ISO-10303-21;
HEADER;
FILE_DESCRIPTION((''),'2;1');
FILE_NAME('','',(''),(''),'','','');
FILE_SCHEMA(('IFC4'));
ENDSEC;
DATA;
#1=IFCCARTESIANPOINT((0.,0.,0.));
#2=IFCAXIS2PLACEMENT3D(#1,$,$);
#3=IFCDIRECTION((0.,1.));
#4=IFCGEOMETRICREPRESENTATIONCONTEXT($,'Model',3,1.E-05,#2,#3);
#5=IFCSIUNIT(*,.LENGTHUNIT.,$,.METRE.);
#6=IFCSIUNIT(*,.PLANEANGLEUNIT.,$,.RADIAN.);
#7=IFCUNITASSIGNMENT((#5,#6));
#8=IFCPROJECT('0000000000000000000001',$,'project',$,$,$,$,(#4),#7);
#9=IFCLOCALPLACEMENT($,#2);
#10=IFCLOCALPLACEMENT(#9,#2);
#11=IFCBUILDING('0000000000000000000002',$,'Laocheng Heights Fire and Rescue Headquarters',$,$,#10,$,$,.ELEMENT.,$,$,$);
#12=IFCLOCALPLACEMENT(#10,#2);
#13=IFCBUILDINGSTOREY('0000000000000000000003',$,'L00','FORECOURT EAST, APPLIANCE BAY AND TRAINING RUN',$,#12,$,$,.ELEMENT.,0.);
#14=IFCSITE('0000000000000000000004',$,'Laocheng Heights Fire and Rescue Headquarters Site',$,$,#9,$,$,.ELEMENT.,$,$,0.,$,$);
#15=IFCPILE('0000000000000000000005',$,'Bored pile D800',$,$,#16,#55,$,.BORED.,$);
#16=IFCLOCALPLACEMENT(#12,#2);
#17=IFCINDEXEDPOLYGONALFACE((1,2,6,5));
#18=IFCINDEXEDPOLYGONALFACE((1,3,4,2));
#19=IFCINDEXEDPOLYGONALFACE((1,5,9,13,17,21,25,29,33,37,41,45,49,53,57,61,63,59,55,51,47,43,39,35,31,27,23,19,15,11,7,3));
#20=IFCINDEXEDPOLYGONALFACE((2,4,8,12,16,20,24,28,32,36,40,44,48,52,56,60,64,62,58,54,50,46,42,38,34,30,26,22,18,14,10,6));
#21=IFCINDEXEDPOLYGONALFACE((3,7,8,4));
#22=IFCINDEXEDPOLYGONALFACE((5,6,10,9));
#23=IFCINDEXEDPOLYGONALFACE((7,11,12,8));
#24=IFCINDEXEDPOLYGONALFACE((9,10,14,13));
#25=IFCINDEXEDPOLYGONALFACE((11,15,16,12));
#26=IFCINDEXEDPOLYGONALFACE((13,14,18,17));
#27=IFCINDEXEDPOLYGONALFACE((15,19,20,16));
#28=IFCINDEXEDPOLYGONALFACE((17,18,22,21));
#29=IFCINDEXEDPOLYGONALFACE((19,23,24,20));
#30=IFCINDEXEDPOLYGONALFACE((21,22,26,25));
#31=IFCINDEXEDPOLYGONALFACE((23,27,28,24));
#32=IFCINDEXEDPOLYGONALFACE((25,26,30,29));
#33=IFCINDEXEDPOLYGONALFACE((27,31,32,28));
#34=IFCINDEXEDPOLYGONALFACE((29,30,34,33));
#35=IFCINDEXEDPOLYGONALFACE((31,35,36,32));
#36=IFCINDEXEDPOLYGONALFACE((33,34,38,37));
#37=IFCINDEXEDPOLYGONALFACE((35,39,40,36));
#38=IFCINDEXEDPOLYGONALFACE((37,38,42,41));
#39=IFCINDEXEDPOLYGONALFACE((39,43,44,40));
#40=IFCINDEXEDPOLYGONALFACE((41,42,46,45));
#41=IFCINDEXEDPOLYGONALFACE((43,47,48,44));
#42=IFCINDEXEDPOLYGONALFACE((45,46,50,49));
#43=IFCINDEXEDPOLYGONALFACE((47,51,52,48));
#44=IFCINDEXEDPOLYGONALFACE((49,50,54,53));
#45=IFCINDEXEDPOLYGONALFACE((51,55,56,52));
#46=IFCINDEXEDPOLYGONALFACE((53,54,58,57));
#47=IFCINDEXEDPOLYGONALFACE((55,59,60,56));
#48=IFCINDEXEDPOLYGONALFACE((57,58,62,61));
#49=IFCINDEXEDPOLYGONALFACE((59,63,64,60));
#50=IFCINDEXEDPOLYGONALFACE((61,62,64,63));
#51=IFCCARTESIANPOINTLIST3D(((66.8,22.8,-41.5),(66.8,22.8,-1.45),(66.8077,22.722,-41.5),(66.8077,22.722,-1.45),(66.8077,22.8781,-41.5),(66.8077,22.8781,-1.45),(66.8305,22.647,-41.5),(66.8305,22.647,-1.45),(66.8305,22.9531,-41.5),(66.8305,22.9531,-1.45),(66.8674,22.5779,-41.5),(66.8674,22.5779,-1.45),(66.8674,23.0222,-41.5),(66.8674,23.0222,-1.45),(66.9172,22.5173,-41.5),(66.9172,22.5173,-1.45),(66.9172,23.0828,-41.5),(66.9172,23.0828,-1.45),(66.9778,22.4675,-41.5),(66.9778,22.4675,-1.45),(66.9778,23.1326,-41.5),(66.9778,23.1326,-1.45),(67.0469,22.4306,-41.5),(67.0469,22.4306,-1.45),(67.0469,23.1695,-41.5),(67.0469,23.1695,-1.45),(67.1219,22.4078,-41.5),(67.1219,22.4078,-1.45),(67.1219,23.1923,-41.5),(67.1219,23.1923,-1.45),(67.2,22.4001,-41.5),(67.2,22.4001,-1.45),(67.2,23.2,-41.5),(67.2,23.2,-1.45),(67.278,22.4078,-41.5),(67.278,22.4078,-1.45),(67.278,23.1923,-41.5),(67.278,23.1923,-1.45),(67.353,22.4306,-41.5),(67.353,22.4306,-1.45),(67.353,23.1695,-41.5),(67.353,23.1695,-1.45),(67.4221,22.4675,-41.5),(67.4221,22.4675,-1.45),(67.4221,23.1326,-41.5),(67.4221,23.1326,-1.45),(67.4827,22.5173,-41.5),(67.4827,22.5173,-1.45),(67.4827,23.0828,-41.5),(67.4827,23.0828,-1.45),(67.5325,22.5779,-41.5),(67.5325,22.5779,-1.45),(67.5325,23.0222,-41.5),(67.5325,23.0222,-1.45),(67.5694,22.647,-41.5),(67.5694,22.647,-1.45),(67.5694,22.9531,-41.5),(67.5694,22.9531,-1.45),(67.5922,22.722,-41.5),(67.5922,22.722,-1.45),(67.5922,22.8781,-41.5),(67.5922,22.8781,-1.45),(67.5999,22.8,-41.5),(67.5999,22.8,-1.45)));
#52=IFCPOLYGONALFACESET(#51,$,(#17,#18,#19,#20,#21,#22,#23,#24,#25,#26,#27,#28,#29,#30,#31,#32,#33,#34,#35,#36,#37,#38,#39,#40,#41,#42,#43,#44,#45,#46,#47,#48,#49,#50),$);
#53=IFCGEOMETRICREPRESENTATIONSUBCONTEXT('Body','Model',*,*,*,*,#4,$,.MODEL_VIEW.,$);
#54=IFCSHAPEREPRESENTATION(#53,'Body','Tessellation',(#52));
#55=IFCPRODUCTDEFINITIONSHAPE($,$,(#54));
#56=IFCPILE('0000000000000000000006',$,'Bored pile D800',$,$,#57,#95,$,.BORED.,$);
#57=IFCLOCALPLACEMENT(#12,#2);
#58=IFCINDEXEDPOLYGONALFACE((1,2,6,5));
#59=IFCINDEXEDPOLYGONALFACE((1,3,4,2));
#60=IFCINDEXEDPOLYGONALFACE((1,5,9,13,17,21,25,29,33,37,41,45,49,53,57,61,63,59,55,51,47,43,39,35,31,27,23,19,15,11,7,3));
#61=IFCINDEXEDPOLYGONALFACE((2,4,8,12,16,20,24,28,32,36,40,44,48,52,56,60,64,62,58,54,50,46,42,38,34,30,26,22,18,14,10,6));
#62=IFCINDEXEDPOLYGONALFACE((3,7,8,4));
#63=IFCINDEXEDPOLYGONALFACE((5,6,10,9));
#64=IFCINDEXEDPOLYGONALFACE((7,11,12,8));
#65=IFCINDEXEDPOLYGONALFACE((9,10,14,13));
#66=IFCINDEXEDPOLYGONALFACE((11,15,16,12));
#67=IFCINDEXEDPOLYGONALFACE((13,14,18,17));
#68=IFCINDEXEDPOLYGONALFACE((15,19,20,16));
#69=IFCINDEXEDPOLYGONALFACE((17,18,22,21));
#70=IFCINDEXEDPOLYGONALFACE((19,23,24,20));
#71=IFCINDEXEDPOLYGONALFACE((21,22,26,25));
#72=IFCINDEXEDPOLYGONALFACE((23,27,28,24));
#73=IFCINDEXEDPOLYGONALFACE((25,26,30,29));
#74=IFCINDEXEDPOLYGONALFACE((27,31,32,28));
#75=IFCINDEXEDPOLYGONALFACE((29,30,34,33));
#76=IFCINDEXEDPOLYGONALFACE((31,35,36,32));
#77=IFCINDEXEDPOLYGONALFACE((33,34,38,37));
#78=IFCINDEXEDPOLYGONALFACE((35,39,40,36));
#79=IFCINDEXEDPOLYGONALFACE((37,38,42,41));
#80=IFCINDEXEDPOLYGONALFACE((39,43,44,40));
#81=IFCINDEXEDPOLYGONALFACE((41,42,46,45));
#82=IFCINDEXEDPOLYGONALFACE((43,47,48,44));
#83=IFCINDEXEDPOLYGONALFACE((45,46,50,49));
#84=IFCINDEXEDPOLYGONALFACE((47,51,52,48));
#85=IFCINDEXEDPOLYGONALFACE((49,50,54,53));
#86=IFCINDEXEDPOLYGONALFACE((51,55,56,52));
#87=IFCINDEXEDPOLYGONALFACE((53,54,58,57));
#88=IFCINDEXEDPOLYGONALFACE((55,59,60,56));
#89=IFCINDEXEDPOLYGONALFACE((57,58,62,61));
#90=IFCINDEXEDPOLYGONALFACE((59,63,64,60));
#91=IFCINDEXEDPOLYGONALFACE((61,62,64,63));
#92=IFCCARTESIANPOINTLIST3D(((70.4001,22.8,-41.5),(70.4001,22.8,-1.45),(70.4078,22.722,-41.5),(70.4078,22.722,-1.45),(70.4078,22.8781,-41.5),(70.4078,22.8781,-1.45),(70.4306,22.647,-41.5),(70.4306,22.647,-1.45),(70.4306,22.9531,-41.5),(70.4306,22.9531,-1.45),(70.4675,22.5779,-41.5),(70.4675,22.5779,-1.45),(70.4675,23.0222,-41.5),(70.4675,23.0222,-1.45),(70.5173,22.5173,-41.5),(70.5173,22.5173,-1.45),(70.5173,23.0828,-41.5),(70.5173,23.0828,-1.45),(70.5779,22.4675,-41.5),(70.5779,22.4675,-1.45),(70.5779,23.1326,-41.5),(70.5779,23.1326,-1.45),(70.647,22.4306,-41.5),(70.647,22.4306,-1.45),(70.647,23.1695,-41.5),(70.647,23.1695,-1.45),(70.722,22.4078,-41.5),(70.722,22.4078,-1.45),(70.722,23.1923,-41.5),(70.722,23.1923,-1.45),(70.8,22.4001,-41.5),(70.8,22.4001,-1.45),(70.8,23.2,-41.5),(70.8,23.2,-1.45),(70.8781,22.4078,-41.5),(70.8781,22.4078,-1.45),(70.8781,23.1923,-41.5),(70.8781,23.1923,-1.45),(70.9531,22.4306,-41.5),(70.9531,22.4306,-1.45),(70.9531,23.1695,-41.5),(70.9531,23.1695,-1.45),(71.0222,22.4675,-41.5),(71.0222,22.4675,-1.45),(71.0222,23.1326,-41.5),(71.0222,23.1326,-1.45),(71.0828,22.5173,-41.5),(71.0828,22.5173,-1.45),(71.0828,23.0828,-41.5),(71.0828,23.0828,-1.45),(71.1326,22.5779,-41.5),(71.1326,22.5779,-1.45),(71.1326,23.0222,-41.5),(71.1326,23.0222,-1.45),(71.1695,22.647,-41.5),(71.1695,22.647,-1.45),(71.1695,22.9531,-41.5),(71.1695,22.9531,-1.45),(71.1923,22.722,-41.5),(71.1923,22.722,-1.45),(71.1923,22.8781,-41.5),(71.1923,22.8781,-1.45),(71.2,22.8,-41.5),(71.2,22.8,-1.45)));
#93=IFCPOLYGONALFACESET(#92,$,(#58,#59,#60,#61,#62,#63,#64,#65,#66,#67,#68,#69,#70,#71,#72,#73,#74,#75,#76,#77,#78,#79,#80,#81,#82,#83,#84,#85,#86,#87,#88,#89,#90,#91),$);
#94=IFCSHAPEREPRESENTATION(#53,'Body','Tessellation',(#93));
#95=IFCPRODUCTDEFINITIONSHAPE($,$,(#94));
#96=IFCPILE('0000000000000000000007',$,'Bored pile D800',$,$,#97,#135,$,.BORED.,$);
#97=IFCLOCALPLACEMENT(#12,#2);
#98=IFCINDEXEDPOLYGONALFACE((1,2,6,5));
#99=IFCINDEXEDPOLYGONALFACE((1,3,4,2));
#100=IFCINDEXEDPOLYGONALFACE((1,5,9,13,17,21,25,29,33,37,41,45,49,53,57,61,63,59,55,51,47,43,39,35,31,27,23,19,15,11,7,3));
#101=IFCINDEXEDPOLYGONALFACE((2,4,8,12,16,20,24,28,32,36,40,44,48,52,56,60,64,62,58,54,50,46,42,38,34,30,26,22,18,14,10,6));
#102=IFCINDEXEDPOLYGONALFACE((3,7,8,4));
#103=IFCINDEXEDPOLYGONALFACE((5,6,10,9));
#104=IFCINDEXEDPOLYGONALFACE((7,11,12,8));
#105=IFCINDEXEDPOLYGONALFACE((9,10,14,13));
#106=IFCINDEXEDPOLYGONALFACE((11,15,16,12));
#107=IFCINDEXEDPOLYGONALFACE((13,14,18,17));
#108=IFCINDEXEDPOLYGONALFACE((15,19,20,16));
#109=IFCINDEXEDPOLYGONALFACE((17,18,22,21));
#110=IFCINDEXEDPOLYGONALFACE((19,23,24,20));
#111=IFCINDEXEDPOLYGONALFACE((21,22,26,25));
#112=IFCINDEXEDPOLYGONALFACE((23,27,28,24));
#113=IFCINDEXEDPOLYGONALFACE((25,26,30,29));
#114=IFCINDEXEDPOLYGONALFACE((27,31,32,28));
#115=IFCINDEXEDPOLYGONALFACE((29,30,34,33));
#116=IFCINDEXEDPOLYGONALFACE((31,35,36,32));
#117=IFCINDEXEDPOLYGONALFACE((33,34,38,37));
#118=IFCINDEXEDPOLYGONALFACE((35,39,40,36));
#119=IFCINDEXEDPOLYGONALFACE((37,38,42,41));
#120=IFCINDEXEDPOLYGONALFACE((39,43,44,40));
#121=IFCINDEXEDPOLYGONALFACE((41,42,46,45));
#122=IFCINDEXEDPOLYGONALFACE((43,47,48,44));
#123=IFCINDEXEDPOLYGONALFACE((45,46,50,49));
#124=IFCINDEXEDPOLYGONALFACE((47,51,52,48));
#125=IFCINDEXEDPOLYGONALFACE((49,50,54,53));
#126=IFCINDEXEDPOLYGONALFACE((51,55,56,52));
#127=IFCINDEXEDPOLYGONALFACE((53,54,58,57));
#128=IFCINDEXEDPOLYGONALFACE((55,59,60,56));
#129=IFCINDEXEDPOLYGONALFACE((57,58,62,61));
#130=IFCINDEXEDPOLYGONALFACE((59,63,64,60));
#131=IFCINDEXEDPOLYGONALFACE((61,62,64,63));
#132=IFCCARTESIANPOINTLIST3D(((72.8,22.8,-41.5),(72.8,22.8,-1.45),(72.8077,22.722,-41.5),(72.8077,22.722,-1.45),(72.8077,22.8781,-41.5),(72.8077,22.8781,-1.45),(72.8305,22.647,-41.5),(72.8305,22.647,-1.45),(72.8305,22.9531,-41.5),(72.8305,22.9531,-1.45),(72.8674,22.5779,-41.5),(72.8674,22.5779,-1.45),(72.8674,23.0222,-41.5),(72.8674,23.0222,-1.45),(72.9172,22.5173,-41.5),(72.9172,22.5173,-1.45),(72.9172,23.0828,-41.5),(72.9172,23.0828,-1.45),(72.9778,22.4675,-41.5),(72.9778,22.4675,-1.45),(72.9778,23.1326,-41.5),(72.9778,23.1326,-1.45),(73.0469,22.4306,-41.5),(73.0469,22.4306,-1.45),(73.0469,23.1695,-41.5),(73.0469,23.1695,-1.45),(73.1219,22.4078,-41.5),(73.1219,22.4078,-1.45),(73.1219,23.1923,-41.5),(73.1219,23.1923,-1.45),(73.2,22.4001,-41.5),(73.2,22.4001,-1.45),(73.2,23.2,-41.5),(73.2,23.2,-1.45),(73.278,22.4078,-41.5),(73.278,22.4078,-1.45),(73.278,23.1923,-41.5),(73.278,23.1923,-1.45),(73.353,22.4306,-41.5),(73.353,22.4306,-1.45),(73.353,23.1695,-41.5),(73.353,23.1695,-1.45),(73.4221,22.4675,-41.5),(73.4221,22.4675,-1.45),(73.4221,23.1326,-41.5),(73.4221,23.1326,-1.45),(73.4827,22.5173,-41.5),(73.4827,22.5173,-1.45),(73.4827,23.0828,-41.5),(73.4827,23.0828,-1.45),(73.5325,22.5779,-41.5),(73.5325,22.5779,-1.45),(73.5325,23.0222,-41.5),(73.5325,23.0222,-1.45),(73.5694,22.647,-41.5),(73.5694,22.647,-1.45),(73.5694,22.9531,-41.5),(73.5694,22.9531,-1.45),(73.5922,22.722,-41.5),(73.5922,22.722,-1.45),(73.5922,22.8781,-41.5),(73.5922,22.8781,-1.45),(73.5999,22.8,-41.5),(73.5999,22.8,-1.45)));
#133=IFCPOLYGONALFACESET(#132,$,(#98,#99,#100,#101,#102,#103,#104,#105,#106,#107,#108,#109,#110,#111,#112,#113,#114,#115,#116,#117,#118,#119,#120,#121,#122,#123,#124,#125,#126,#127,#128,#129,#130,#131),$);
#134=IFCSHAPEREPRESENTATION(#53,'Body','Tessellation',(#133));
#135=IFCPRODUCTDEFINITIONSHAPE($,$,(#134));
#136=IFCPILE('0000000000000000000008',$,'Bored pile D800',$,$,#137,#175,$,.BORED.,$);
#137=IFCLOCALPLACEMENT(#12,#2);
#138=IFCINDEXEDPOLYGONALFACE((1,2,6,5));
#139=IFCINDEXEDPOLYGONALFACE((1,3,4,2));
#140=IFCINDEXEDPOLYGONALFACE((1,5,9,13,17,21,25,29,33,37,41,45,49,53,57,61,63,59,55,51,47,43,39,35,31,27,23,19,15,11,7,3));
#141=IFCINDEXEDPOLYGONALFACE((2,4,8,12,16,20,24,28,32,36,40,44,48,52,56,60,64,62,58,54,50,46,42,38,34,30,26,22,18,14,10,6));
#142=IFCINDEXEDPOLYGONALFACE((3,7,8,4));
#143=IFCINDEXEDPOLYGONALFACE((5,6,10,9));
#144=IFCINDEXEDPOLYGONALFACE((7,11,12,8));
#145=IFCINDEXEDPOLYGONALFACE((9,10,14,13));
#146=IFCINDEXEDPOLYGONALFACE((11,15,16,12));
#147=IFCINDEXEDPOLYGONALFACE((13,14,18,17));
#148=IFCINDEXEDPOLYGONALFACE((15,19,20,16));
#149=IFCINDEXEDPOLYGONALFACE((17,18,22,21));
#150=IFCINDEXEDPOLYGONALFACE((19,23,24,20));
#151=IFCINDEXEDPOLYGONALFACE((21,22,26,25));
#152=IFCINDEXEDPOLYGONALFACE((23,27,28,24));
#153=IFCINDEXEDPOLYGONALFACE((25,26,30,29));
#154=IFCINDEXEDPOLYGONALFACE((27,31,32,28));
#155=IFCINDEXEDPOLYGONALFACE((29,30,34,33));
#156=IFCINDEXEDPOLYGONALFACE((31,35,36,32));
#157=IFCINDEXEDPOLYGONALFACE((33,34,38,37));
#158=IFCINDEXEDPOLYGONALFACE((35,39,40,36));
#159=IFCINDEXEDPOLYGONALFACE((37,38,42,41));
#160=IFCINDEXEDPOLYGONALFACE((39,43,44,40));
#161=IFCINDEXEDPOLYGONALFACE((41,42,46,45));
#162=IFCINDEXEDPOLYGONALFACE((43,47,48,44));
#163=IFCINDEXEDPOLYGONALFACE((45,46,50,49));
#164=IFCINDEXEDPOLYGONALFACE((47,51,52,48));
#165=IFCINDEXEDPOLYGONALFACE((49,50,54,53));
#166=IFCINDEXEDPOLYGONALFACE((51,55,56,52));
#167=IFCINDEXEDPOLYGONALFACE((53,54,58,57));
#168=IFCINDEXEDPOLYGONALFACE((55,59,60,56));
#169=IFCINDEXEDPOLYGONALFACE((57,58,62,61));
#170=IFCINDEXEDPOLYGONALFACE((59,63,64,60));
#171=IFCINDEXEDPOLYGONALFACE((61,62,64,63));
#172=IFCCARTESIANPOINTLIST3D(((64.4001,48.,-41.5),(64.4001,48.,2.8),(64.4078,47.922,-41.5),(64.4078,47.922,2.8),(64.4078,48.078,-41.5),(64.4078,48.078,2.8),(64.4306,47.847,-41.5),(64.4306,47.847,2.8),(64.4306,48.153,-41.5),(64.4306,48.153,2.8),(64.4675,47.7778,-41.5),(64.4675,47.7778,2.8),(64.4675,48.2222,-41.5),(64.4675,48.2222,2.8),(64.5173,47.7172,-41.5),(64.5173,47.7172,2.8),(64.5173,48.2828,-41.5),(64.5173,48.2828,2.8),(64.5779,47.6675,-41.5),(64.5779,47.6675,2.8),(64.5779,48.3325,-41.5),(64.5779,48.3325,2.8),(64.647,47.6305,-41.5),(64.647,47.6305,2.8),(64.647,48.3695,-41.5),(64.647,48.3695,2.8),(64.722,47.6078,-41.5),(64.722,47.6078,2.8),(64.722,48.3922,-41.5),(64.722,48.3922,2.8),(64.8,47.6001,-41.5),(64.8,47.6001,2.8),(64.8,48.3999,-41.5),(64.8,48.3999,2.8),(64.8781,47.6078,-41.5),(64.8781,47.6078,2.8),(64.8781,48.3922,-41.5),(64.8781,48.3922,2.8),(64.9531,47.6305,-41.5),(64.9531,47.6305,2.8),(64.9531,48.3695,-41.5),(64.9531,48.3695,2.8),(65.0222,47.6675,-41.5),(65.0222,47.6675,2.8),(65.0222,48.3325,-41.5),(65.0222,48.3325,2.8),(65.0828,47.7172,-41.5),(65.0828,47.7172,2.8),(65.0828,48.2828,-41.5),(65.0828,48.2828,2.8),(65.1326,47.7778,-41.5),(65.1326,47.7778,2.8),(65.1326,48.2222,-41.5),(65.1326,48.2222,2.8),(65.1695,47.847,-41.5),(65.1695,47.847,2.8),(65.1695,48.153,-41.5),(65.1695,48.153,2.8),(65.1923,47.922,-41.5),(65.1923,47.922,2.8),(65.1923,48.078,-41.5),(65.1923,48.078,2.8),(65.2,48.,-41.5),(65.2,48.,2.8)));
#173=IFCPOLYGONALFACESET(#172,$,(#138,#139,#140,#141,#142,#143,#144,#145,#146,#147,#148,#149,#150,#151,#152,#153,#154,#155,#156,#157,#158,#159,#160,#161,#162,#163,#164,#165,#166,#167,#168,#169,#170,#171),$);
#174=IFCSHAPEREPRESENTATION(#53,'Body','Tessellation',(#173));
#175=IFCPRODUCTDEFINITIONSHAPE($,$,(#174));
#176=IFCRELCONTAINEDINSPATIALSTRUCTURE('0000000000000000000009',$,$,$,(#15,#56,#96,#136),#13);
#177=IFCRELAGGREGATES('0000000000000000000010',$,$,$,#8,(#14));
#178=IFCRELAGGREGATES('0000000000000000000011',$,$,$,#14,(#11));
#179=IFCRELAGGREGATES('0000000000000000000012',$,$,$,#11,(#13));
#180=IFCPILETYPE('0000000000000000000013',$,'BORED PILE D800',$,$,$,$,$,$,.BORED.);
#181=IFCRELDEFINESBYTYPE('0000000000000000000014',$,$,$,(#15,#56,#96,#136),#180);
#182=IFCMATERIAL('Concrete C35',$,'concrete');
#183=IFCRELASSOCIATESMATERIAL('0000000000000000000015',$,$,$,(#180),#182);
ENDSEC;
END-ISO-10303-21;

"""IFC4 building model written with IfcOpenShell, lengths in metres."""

from ifc_helpers import new_model, si_unit, direction, frame, origin, origin_2d, place, context, subcontext, project, spatial, circle, extrude, material, material_profile, profile_set, type_object, element, save


model = new_model("IFC4")

# Units and contexts
model_context = context("Model", 3, precision=1e-05, world=origin(), true_north=direction((0.0, 1.0)))
body_context = subcontext(model_context, "Body", "Model", "MODEL_VIEW")
ifc_project = project(units=[si_unit("LENGTHUNIT", "METRE"), si_unit("PLANEANGLEUNIT", "RADIAN")], contexts=[model_context])

# Site, building, storey
site_placement = place(None, origin())
site = spatial("IfcSite", under=ifc_project, at=site_placement, Name="Laocheng Heights Fire and Rescue Headquarters Site", CompositionType="ELEMENT", RefElevation=0.0)
building_placement = place(site_placement, origin())
building = spatial("IfcBuilding", under=site, at=building_placement, Name="Laocheng Heights Fire and Rescue Headquarters", CompositionType="ELEMENT")
storey_placement = place(building_placement, origin())
storey = spatial("IfcBuildingStorey", under=building, at=storey_placement, Name="L00", Description="FORECOURT EAST, APPLIANCE BAY AND TRAINING RUN", CompositionType="ELEMENT", Elevation=0.0)

# Piles
ifc_material_1 = material(Name="Concrete C35", Category="concrete")
ifc_material_profile_1 = material_profile(ifc_material_1, circle(Radius=0.3999, at=origin_2d()), Name="BORED PILE D800")
ifc_profile_set_1 = profile_set([ifc_material_profile_1], Name="Concrete C35")
pile_type_1 = type_object("IfcPileType", Name="BORED PILE D800", PredefinedType="BORED", material=ifc_profile_set_1)
for number, where, z_axis, x_axis, name in (
    (1, (67.2, 22.8, -1.45), (0.0, 0.0, -1.0), (1.0, 0.0, 0.0), "Bored pile D800"),
    (2, (70.8, 22.8, -1.45), (0.0, 0.0, -1.0), (1.0, 0.0, 0.0), "Bored pile D800"),
    (3, (73.2, 22.8, -1.45), (0.0, 0.0, -1.0), (1.0, 0.0, 0.0), "Bored pile D800"),
):
    element("IfcPile", number, at=place(storey_placement, frame(where, z_axis=z_axis, x_axis=x_axis)), inside=storey, type_object=pile_type_1, Name=name, PredefinedType="BORED", context=body_context, shape_type="SweptSolid", body=[
        extrude(circle(Radius=0.3999, at=origin_2d()), origin(), (0.0, 0.0, 1.0), 40.05),
    ])
for number, where, z_axis, x_axis, name in (
    (4, (64.8, 48.0, 2.8), (0.0, 0.0, -1.0), (1.0, 0.0, 0.0), "Bored pile D800"),
):
    element("IfcPile", number, at=place(storey_placement, frame(where, z_axis=z_axis, x_axis=x_axis)), inside=storey, type_object=pile_type_1, Name=name, PredefinedType="BORED", context=body_context, shape_type="SweptSolid", body=[
        extrude(circle(Radius=0.3999, at=origin_2d()), origin(), (0.0, 0.0, 1.0), 44.3),
    ])

save(model, "model.ifc")
